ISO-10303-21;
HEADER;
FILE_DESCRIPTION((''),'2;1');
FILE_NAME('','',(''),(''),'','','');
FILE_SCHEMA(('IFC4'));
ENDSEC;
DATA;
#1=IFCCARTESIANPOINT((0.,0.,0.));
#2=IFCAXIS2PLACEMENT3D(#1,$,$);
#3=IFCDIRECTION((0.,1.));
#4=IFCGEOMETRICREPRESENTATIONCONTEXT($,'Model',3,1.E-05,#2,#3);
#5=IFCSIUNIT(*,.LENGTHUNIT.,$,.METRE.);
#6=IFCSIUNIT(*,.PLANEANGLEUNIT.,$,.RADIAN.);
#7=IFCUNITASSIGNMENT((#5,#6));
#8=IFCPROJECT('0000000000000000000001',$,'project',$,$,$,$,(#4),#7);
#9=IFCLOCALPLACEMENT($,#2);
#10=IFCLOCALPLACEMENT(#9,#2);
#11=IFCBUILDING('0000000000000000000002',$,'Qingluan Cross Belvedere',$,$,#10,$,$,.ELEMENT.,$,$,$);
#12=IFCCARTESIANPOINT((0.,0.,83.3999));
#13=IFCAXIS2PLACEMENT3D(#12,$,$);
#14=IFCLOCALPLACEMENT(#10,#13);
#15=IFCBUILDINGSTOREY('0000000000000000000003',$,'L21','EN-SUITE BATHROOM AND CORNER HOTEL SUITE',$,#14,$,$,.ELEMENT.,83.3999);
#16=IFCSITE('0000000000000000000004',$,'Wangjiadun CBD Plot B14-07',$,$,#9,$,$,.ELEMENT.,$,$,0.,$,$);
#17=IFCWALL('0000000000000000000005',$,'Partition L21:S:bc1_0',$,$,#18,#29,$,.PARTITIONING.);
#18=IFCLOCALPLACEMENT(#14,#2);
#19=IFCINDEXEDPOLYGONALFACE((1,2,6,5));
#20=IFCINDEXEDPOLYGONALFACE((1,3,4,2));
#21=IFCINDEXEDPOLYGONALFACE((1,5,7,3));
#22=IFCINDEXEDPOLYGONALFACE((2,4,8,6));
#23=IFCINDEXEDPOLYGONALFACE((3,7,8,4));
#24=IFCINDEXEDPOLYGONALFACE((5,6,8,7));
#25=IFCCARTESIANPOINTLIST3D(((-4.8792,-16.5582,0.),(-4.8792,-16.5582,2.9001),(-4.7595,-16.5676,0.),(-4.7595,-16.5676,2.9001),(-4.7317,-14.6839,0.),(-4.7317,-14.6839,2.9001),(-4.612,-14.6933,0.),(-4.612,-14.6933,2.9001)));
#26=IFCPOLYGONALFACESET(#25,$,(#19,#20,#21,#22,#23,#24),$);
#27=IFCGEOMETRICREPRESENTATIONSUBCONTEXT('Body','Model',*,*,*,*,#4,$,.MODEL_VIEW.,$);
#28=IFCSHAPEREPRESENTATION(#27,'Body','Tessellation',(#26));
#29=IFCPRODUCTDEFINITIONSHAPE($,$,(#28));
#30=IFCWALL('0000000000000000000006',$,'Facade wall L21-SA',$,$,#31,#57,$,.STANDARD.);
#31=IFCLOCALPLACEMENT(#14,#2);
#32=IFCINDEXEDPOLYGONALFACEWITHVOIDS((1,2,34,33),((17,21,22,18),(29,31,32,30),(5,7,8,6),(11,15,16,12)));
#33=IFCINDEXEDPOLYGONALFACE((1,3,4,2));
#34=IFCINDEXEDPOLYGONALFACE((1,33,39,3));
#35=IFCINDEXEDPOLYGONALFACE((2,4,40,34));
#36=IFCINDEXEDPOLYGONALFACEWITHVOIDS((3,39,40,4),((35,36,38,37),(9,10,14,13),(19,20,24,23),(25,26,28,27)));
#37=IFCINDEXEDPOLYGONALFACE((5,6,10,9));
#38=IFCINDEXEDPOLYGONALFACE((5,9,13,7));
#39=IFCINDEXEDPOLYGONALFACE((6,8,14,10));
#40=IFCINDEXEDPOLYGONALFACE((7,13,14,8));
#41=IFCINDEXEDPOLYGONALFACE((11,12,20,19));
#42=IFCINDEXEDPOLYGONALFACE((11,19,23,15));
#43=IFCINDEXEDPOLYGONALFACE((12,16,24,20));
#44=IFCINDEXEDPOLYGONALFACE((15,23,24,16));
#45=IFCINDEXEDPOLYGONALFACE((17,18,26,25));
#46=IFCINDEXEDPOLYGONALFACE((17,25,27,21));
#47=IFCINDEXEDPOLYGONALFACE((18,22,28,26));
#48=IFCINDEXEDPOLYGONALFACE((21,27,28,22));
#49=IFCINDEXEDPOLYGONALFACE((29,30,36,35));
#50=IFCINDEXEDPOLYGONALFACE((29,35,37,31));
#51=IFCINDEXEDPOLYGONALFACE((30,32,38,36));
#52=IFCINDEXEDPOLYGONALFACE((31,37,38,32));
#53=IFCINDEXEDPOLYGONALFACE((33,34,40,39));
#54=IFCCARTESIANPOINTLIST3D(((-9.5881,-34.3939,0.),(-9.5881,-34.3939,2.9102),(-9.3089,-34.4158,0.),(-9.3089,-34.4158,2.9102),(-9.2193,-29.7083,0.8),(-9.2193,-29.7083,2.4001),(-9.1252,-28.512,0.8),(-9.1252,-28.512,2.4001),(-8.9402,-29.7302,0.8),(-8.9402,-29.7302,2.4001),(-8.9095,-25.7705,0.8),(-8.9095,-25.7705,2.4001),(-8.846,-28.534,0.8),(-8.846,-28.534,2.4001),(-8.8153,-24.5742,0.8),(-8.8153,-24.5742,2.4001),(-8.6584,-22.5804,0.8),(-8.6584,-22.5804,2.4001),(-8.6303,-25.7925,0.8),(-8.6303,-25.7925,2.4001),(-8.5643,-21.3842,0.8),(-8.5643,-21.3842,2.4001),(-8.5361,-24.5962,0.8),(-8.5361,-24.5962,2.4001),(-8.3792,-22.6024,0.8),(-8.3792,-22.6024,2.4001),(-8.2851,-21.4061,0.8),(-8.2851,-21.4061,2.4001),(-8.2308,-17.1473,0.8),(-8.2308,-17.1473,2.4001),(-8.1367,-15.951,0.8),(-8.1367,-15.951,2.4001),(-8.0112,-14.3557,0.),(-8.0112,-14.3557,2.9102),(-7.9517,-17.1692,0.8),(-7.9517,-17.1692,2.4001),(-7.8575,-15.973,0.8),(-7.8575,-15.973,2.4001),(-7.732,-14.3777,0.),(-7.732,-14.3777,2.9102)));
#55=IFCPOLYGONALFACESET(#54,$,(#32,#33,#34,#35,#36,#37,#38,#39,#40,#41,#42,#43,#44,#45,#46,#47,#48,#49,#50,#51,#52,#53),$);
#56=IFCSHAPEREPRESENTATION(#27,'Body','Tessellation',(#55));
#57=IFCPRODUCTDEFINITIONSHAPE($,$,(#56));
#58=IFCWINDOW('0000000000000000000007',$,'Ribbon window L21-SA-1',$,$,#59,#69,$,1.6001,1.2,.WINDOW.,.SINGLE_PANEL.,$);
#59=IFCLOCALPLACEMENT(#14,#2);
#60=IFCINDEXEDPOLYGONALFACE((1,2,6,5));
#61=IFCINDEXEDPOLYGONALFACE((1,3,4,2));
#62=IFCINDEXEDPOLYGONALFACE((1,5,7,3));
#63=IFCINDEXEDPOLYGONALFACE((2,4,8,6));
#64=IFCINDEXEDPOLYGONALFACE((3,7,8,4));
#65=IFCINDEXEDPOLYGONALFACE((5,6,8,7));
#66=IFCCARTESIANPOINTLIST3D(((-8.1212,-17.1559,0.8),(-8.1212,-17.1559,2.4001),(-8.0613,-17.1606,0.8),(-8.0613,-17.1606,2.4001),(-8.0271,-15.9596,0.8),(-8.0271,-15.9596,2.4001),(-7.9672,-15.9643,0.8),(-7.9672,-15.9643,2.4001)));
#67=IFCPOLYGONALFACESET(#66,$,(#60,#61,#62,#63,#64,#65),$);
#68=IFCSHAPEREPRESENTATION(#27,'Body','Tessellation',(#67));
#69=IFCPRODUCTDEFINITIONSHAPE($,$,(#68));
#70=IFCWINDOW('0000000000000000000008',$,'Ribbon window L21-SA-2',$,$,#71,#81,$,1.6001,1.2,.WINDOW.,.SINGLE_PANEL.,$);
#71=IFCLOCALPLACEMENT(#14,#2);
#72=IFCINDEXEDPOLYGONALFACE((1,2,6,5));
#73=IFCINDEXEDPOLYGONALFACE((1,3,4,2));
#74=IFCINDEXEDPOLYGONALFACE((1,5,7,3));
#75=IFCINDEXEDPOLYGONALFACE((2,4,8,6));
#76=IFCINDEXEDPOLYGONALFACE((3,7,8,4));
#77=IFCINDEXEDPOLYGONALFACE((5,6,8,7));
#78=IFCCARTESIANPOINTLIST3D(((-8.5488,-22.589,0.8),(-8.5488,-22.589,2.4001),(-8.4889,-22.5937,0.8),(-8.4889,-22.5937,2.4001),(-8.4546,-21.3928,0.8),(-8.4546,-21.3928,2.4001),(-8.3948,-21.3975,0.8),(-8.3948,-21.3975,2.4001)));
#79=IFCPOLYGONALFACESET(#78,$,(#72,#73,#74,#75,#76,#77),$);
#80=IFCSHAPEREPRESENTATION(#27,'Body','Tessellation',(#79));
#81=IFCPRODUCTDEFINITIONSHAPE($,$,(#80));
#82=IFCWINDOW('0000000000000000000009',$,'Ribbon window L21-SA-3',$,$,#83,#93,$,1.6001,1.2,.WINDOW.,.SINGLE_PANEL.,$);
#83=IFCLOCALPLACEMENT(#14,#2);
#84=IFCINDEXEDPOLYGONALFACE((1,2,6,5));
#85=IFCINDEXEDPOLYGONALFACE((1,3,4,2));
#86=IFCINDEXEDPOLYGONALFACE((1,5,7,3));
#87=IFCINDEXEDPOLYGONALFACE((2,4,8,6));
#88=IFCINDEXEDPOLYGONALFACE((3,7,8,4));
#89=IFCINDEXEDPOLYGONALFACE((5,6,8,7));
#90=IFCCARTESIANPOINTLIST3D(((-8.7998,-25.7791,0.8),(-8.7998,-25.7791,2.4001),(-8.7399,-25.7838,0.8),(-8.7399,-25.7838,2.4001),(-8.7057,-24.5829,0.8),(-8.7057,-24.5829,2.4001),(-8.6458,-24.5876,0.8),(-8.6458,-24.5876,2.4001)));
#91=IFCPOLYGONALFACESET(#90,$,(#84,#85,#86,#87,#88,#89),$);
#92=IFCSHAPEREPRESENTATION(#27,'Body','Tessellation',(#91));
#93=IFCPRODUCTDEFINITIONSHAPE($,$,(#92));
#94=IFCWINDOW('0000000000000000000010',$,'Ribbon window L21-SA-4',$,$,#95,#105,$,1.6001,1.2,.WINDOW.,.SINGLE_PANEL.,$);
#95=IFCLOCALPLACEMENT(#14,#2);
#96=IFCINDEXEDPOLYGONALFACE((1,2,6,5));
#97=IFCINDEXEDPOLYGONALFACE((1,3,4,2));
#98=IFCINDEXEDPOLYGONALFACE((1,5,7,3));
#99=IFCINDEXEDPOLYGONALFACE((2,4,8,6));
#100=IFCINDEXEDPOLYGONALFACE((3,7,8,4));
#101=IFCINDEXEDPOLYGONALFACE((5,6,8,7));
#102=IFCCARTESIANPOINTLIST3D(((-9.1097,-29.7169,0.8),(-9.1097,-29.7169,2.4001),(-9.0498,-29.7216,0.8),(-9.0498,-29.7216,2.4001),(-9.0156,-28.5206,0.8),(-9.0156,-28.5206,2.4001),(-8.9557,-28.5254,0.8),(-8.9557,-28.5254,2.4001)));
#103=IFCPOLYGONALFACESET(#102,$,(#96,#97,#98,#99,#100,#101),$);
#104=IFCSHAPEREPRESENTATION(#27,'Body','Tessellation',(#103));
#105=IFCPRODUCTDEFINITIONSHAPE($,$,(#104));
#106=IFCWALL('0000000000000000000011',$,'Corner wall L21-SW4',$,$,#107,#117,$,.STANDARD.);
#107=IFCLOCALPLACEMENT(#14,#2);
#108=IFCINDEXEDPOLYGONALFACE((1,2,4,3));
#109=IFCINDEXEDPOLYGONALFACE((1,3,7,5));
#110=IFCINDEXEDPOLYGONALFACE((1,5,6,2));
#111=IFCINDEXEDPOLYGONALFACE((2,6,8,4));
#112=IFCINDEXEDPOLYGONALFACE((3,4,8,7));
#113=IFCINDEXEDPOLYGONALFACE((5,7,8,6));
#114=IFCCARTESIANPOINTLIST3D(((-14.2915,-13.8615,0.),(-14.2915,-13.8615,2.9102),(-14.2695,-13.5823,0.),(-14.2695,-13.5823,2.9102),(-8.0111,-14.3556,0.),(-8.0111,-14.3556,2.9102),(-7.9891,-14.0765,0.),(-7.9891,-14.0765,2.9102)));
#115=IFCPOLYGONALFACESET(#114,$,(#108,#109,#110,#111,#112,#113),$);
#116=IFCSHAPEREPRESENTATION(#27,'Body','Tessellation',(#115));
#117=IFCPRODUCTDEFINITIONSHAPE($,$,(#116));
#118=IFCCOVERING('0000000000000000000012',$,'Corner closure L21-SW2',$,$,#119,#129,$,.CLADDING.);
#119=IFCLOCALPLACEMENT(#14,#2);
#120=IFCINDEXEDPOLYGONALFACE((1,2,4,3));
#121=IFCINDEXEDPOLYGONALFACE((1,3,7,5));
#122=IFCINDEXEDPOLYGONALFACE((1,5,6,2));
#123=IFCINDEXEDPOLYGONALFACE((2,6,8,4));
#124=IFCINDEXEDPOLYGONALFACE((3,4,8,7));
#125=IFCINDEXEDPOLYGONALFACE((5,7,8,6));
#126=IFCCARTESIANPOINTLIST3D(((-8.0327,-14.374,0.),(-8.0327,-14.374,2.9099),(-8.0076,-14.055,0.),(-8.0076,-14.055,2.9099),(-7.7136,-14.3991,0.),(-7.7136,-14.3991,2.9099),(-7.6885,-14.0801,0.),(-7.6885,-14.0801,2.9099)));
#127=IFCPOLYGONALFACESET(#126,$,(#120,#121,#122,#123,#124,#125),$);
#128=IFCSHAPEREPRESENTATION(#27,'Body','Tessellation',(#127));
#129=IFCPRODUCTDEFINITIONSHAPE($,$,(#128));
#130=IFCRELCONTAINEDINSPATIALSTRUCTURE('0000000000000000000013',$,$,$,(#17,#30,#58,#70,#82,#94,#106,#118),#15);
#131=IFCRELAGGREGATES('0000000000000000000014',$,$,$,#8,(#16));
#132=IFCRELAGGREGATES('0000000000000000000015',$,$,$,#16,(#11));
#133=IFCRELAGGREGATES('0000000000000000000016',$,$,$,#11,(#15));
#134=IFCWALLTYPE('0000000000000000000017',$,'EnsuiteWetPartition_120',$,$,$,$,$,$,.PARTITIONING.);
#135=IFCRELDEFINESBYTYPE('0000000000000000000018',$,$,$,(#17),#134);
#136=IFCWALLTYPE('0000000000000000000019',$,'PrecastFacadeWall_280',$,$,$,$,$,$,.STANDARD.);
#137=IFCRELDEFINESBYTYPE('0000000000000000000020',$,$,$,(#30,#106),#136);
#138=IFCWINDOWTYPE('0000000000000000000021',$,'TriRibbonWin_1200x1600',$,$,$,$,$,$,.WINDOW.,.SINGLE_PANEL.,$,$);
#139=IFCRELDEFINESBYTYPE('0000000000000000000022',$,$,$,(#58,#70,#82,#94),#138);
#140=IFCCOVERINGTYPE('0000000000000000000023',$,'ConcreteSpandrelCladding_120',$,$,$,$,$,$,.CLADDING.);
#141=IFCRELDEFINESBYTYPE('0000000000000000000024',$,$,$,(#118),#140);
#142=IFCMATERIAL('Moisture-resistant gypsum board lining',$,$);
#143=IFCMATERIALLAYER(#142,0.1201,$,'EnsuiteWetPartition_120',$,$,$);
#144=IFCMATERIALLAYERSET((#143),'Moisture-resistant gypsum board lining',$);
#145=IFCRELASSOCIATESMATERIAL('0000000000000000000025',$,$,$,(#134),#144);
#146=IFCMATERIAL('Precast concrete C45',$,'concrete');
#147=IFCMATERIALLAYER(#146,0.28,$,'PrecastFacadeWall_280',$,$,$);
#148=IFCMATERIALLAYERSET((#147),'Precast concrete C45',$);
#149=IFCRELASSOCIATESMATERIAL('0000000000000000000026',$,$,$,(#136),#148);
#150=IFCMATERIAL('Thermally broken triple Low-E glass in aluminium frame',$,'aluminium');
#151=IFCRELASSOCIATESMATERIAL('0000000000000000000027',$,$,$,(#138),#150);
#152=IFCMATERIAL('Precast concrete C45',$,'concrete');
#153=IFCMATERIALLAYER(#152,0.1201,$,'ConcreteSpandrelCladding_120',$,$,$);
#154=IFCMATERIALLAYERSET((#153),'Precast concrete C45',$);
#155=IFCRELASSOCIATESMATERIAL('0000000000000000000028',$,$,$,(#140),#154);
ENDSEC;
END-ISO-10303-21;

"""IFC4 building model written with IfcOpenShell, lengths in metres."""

from ifc_helpers import new_model, si_unit, direction, frame, frame_2d, origin, origin_2d, place, context, subcontext, project, spatial, rectangle, extrude, material, layer, layer_set, type_object, element, fill, save


model = new_model("IFC4")

# Units and contexts
model_context = context("Model", 3, precision=1e-05, world=origin(), true_north=direction((0.0, 1.0)))
body_context = subcontext(model_context, "Body", "Model", "MODEL_VIEW")
ifc_project = project(units=[si_unit("LENGTHUNIT", "METRE"), si_unit("PLANEANGLEUNIT", "RADIAN")], contexts=[model_context])

# Site, building, storey
site_placement = place(None, origin())
site = spatial("IfcSite", under=ifc_project, at=site_placement, Name="Wangjiadun CBD Plot B14-07", CompositionType="ELEMENT", RefElevation=0.0)
building_placement = place(site_placement, origin())
building = spatial("IfcBuilding", under=site, at=building_placement, Name="Qingluan Cross Belvedere", CompositionType="ELEMENT")
storey_placement = place(building_placement, frame((0.0, 0.0, 83.3999)))
storey = spatial("IfcBuildingStorey", under=building, at=storey_placement, Name="L21", Description="EN-SUITE BATHROOM AND CORNER HOTEL SUITE", CompositionType="ELEMENT", Elevation=83.3999)

# Wall
ifc_material_1 = material(Name="Moisture-resistant gypsum board lining")
ifc_layer_1 = layer(ifc_material_1, 0.1201, Name="EnsuiteWetPartition_120")
ifc_layer_set_1 = layer_set([ifc_layer_1], Name="Moisture-resistant gypsum board lining")
wall_type_1 = type_object("IfcWallType", Name="EnsuiteWetPartition_120", PredefinedType="PARTITIONING", material=ifc_layer_set_1)
wall_1_placement = place(storey_placement, frame((-4.6719, -14.6887, 0.0), z_axis=(0.0, 0.0, 1.0), x_axis=(-0.078434, -0.996919, 0.0)))
element("IfcWall", 1, at=wall_1_placement, inside=storey, type_object=wall_type_1, Name="Partition L21:S:bc1_0", PredefinedType="PARTITIONING", context=body_context, shape_type="SweptSolid", body=[
    extrude(rectangle(XDim=1.8801, YDim=0.1201, at=frame_2d((0.9399, 0.0))), origin(), (0.0, 0.0, 1.0), 2.9001),
])

# Wall, openings, windows
ifc_material_2 = material(Name="Precast concrete C45", Category="concrete")
ifc_layer_2 = layer(ifc_material_2, 0.28, Name="PrecastFacadeWall_280")
ifc_layer_set_2 = layer_set([ifc_layer_2], Name="Precast concrete C45")
wall_type_2 = type_object("IfcWallType", Name="PrecastFacadeWall_280", PredefinedType="STANDARD", material=ifc_layer_set_2)
wall_2_placement = place(storey_placement, frame((-7.8716, -14.3667, 0.0), z_axis=(0.0, 0.0, 1.0), x_axis=(-0.078453, -0.996918, 0.0)))
wall_2 = element("IfcWall", 2, at=wall_2_placement, inside=storey, type_object=wall_type_2, Name="Facade wall L21-SA", PredefinedType="STANDARD", context=body_context, shape_type="SweptSolid", body=[
    extrude(rectangle(XDim=20.1001, YDim=0.28, at=frame_2d((10.05, 0.0))), origin(), (0.0, 0.0, 1.0), 2.9102),
])
opening_1_placement = place(wall_2_placement, frame((1.6001, 0.0, 0.8)))
opening_1 = element("IfcOpeningElement", 3, at=opening_1_placement, cuts=wall_2, PredefinedType="OPENING", context=body_context, shape_type="SweptSolid", body=[
    extrude(rectangle(XDim=1.2, YDim=1.6001, at=frame_2d((0.6001, 0.8))), frame((0.0, 0.1499, 0.0), z_axis=(0.0, -1.0, 0.0), x_axis=(1.0, 0.0, 0.0)), (0.0, 0.0, 1.0), 0.3),
])
opening_2_placement = place(wall_2_placement, frame((7.05, 0.0, 0.8)))
opening_2 = element("IfcOpeningElement", 4, at=opening_2_placement, cuts=wall_2, PredefinedType="OPENING", context=body_context, shape_type="SweptSolid", body=[
    extrude(rectangle(XDim=1.2, YDim=1.6001, at=frame_2d((0.6001, 0.8))), frame((0.0, 0.1499, 0.0), z_axis=(0.0, -1.0, 0.0), x_axis=(1.0, 0.0, 0.0)), (0.0, 0.0, 1.0), 0.3),
])
opening_3_placement = place(wall_2_placement, frame((10.25, 0.0, 0.8)))
opening_3 = element("IfcOpeningElement", 5, at=opening_3_placement, cuts=wall_2, PredefinedType="OPENING", context=body_context, shape_type="SweptSolid", body=[
    extrude(rectangle(XDim=1.2, YDim=1.6001, at=frame_2d((0.6001, 0.8))), frame((0.0, 0.1499, 0.0), z_axis=(0.0, -1.0, 0.0), x_axis=(1.0, 0.0, 0.0)), (0.0, 0.0, 1.0), 0.3),
])
opening_4_placement = place(wall_2_placement, frame((14.2, 0.0, 0.8)))
opening_4 = element("IfcOpeningElement", 6, at=opening_4_placement, cuts=wall_2, PredefinedType="OPENING", context=body_context, shape_type="SweptSolid", body=[
    extrude(rectangle(XDim=1.2, YDim=1.6001, at=frame_2d((0.6001, 0.8))), frame((0.0, 0.1499, 0.0), z_axis=(0.0, -1.0, 0.0), x_axis=(1.0, 0.0, 0.0)), (0.0, 0.0, 1.0), 0.3),
])
ifc_material_3 = material(Name="Thermally broken triple Low-E glass in aluminium frame", Category="aluminium")
window_type = type_object("IfcWindowType", Name="TriRibbonWin_1200x1600", PartitioningType="SINGLE_PANEL", PredefinedType="WINDOW", material=ifc_material_3)
window_1_placement = place(opening_1_placement, origin())
window_1 = element("IfcWindow", 7, at=window_1_placement, inside=storey, type_object=window_type, Name="Ribbon window L21-SA-1", OverallHeight=1.6001, OverallWidth=1.2, PartitioningType="SINGLE_PANEL", PredefinedType="WINDOW", context=body_context, shape_type="SweptSolid", body=[
    extrude(rectangle(XDim=1.2, YDim=1.6001, at=frame_2d((0.6001, 0.8))), frame((0.0, 0.03, 0.0), z_axis=(0.0, -1.0, 0.0), x_axis=(1.0, 0.0, 0.0)), (0.0, 0.0, 1.0), 0.0601),
])
fill(opening_1, window_1)
window_2_placement = place(opening_2_placement, origin())
window_2 = element("IfcWindow", 8, at=window_2_placement, inside=storey, type_object=window_type, Name="Ribbon window L21-SA-2", OverallHeight=1.6001, OverallWidth=1.2, PartitioningType="SINGLE_PANEL", PredefinedType="WINDOW", context=body_context, shape_type="SweptSolid", body=[
    extrude(rectangle(XDim=1.2, YDim=1.6001, at=frame_2d((0.6001, 0.8))), frame((0.0, 0.03, 0.0), z_axis=(0.0, -1.0, 0.0), x_axis=(1.0, 0.0, 0.0)), (0.0, 0.0, 1.0), 0.0601),
])
fill(opening_2, window_2)
window_3_placement = place(opening_3_placement, origin())
window_3 = element("IfcWindow", 9, at=window_3_placement, inside=storey, type_object=window_type, Name="Ribbon window L21-SA-3", OverallHeight=1.6001, OverallWidth=1.2, PartitioningType="SINGLE_PANEL", PredefinedType="WINDOW", context=body_context, shape_type="SweptSolid", body=[
    extrude(rectangle(XDim=1.2, YDim=1.6001, at=frame_2d((0.6001, 0.8))), frame((0.0, 0.03, 0.0), z_axis=(0.0, -1.0, 0.0), x_axis=(1.0, 0.0, 0.0)), (0.0, 0.0, 1.0), 0.0601),
])
fill(opening_3, window_3)
window_4_placement = place(opening_4_placement, origin())
window_4 = element("IfcWindow", 10, at=window_4_placement, inside=storey, type_object=window_type, Name="Ribbon window L21-SA-4", OverallHeight=1.6001, OverallWidth=1.2, PartitioningType="SINGLE_PANEL", PredefinedType="WINDOW", context=body_context, shape_type="SweptSolid", body=[
    extrude(rectangle(XDim=1.2, YDim=1.6001, at=frame_2d((0.6001, 0.8))), frame((0.0, 0.03, 0.0), z_axis=(0.0, -1.0, 0.0), x_axis=(1.0, 0.0, 0.0)), (0.0, 0.0, 1.0), 0.0601),
])
fill(opening_4, window_4)

# Wall
wall_3_placement = place(storey_placement, frame((-14.2805, -13.7219, 0.0), z_axis=(0.0, 0.0, 1.0), x_axis=(0.996919, -0.078436, 0.0)))
element("IfcWall", 11, at=wall_3_placement, inside=storey, type_object=wall_type_2, Name="Corner wall L21-SW4", PredefinedType="STANDARD", context=body_context, shape_type="SweptSolid", body=[
    extrude(rectangle(XDim=6.2998, YDim=0.28, at=frame_2d((3.1499, 0.0))), origin(), (0.0, 0.0, 1.0), 2.9102),
])

# Covering
ifc_material_4 = material(Name="Precast concrete C45", Category="concrete")
ifc_layer_3 = layer(ifc_material_4, 0.1201, Name="ConcreteSpandrelCladding_120")
ifc_layer_set_3 = layer_set([ifc_layer_3], Name="Precast concrete C45")
covering_type = type_object("IfcCoveringType", Name="ConcreteSpandrelCladding_120", PredefinedType="CLADDING", material=ifc_layer_set_3)
covering_placement = place(storey_placement, frame((-7.8606, -14.2271, 0.0), z_axis=(0.0, 0.0, 1.0), x_axis=(0.996917, -0.078459, 0.0)))
element("IfcCovering", 12, at=covering_placement, inside=storey, type_object=covering_type, Name="Corner closure L21-SW2", PredefinedType="CLADDING", context=body_context, shape_type="SweptSolid", body=[
    extrude(rectangle(XDim=0.3201, YDim=0.3201, at=origin_2d()), origin(), (0.0, 0.0, 1.0), 2.9099),
])

save(model, "model.ifc")
